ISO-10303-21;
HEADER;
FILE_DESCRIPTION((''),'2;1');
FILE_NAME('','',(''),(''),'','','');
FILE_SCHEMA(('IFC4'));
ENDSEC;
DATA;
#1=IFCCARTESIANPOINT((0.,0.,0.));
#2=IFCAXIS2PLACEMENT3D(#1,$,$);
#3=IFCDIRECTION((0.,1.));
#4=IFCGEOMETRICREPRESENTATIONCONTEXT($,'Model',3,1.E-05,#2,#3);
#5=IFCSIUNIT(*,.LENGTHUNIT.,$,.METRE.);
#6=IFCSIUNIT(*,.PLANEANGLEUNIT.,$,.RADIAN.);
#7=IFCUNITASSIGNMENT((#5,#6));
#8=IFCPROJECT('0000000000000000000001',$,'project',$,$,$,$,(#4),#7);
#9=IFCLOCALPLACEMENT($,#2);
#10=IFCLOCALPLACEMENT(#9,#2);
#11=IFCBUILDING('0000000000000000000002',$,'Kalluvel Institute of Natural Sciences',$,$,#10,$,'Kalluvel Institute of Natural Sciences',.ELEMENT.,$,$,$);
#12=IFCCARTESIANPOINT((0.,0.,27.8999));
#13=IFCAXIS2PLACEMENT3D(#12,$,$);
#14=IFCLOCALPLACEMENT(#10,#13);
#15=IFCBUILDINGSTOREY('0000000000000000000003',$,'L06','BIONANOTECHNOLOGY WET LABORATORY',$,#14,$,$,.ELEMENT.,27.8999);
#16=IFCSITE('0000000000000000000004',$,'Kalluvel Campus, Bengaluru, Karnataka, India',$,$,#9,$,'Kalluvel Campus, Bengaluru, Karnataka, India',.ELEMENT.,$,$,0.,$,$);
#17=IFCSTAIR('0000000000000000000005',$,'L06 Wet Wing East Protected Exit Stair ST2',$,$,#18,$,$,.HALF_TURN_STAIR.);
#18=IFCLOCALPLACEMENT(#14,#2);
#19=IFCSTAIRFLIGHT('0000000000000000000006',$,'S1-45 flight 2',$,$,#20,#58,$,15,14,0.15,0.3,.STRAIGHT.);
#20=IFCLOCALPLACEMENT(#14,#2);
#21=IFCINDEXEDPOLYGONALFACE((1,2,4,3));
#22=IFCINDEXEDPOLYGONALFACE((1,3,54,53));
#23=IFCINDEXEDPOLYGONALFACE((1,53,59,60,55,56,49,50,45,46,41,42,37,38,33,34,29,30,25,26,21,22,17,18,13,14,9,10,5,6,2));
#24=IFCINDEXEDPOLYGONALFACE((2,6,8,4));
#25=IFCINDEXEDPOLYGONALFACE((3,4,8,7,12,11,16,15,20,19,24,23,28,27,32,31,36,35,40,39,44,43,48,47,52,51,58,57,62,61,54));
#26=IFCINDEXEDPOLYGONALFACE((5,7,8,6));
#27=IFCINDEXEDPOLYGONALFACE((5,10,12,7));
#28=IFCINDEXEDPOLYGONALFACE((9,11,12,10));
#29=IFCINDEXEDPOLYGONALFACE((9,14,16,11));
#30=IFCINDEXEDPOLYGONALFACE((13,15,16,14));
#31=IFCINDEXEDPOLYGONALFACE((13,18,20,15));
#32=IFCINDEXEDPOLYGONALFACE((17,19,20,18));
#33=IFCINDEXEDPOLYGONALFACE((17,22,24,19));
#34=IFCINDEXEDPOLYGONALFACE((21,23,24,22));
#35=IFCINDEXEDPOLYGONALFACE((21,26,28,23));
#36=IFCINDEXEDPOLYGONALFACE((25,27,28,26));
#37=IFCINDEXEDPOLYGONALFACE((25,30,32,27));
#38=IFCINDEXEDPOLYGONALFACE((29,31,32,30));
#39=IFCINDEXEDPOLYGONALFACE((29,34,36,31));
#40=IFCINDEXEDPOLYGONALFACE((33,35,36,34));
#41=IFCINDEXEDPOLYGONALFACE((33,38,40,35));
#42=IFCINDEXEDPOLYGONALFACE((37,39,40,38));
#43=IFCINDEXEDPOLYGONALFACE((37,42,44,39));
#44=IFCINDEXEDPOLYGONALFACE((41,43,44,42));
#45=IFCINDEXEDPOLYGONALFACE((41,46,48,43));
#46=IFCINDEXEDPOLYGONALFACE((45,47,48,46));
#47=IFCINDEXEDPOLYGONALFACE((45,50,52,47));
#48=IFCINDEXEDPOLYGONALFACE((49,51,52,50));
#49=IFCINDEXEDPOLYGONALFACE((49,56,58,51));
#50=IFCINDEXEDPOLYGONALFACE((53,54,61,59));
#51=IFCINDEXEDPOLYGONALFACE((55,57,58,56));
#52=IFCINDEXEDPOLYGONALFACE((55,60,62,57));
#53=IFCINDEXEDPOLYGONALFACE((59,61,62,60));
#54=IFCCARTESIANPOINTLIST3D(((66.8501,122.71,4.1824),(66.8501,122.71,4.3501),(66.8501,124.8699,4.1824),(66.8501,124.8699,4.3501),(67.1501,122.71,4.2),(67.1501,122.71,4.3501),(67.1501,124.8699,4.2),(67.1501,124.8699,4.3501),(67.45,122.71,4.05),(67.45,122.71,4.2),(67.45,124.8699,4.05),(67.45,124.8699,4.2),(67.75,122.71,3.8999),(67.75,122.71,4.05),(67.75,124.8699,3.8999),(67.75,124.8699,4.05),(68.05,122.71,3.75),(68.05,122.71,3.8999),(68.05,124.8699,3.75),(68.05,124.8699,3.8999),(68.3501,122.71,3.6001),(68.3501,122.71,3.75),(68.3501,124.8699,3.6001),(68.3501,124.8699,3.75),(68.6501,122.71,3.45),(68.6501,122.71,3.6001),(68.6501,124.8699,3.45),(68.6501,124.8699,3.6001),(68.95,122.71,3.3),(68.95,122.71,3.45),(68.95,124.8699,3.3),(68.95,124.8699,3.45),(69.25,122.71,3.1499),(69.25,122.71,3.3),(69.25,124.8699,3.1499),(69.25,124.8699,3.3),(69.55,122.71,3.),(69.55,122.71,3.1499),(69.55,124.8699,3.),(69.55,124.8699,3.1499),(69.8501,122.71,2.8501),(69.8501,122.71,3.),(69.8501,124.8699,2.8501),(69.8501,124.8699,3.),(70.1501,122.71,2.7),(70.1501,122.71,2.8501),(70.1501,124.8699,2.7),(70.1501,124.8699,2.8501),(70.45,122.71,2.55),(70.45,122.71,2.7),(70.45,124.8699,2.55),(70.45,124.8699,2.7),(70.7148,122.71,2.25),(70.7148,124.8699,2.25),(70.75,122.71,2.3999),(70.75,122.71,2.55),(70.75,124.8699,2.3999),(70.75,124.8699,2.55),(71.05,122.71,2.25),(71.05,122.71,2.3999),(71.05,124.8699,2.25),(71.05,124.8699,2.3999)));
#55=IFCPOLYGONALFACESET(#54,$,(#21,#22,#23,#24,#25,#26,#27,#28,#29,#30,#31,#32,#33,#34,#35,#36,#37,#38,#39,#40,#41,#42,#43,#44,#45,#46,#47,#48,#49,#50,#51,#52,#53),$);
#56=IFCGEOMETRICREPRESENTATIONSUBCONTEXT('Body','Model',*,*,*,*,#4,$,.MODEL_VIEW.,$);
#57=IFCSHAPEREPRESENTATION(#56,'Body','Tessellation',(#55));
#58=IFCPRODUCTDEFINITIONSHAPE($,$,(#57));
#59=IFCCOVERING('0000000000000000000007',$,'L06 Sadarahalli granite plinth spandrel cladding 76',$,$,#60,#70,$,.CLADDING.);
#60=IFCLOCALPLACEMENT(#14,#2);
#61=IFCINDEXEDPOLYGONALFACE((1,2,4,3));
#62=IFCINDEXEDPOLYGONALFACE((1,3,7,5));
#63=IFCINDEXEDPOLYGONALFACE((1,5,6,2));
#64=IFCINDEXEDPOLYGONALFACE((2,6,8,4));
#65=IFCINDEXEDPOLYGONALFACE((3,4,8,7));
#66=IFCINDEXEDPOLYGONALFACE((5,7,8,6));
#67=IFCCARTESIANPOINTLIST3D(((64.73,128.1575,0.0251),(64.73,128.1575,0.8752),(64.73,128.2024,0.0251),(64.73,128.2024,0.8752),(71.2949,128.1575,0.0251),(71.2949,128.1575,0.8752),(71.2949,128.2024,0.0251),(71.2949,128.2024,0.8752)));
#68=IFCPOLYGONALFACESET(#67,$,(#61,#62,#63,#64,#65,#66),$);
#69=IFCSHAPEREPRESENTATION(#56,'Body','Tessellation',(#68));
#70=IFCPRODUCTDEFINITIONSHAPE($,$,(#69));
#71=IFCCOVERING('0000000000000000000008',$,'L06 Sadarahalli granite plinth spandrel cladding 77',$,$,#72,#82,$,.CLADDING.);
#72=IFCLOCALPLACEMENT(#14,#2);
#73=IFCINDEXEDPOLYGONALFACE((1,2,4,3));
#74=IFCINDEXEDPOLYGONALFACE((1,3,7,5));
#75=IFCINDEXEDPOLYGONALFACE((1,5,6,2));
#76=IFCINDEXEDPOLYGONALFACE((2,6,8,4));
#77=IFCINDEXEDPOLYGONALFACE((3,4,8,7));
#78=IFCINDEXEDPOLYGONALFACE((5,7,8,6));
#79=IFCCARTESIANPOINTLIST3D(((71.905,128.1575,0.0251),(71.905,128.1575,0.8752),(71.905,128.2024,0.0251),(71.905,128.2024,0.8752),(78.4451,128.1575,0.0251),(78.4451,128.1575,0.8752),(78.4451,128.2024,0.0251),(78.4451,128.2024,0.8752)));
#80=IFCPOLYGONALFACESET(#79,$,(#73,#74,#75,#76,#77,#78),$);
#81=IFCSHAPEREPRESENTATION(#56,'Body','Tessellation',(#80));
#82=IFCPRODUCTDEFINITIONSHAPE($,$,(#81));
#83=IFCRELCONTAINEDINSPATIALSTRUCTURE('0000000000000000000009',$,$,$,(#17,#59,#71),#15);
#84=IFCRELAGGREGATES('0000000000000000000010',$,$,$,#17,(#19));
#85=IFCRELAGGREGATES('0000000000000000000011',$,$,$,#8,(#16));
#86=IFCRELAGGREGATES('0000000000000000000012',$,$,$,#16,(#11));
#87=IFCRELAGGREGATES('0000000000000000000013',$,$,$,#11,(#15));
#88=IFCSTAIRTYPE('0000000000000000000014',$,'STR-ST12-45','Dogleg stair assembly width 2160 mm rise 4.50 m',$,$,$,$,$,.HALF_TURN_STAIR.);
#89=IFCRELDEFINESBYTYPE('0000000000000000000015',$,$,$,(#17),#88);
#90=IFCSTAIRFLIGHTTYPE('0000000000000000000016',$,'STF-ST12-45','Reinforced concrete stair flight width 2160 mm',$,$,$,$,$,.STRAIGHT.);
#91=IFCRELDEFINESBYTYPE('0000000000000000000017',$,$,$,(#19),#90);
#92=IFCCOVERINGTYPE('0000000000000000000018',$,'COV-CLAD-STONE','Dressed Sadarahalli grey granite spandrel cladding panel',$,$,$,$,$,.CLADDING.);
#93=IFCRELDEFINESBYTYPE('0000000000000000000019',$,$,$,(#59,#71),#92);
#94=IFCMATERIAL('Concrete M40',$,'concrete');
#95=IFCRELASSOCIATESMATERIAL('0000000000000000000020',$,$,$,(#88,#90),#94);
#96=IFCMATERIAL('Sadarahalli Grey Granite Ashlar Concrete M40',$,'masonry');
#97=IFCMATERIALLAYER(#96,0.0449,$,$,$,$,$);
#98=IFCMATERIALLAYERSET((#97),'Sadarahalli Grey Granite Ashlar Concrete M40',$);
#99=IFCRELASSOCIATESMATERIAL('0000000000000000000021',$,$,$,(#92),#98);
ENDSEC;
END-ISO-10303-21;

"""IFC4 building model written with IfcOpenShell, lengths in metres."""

from ifc_helpers import new_model, si_unit, direction, frame, origin, origin_2d, place, context, subcontext, project, spatial, polyline, rectangle, outline, extrude, material, layer, layer_set, type_object, element, aggregate, save


model = new_model("IFC4")

# Units and contexts
model_context = context("Model", 3, precision=1e-05, world=origin(), true_north=direction((0.0, 1.0)))
body_context = subcontext(model_context, "Body", "Model", "MODEL_VIEW")
ifc_project = project(units=[si_unit("LENGTHUNIT", "METRE"), si_unit("PLANEANGLEUNIT", "RADIAN")], contexts=[model_context])

# Site, building, storey
site_placement = place(None, origin())
site = spatial("IfcSite", under=ifc_project, at=site_placement, Name="Kalluvel Campus, Bengaluru, Karnataka, India", LongName="Kalluvel Campus, Bengaluru, Karnataka, India", CompositionType="ELEMENT", RefElevation=0.0)
building_placement = place(site_placement, origin())
building = spatial("IfcBuilding", under=site, at=building_placement, Name="Kalluvel Institute of Natural Sciences", LongName="Kalluvel Institute of Natural Sciences", CompositionType="ELEMENT")
storey_placement = place(building_placement, frame((0.0, 0.0, 27.8999)))
storey = spatial("IfcBuildingStorey", under=building, at=storey_placement, Name="L06", Description="BIONANOTECHNOLOGY WET LABORATORY", CompositionType="ELEMENT", Elevation=27.8999)

# Shared definitions
ifc_material_1 = material(Name="Concrete M40", Category="concrete")

# Shared definitions
ifc_material_2 = material(Name="Sadarahalli Grey Granite Ashlar Concrete M40", Category="masonry")

# Stair, stair flight
stair_type = type_object("IfcStairType", Name="STR-ST12-45", Description="Dogleg stair assembly width 2160 mm rise 4.50 m", PredefinedType="HALF_TURN_STAIR", material=ifc_material_1)
stair_placement = place(storey_placement, origin())
stair = element("IfcStair", 1, at=stair_placement, inside=storey, type_object=stair_type, Name="L06 Wet Wing East Protected Exit Stair ST2", PredefinedType="HALF_TURN_STAIR")
stair_flight_type = type_object("IfcStairFlightType", Name="STF-ST12-45", Description="Reinforced concrete stair flight width 2160 mm", PredefinedType="STRAIGHT", material=ifc_material_1)
stair_flight_placement = place(storey_placement, frame((71.05, 123.79, 2.25), z_axis=(0.0, 0.0, 1.0), x_axis=(-1.0, 0.0, 0.0)))
stair_flight = element("IfcStairFlight", 2, at=stair_flight_placement, type_object=stair_flight_type, Name="S1-45 flight 2", NumberOfRisers=15, NumberOfTreads=14, PredefinedType="STRAIGHT", RiserHeight=0.15, TreadLength=0.3, context=body_context, shape_type="SweptSolid", body=[
    extrude(outline(polyline([(0.0, 0.0), (0.0, 0.1499), (0.3, 0.1499), (0.3, 0.3), (0.6001, 0.3), (0.6001, 0.45), (0.8999, 0.45), (0.8999, 0.6001), (1.2, 0.6001), (1.2, 0.75), (1.5, 0.75), (1.5, 0.8999), (1.8, 0.8999), (1.8, 1.05), (2.1001, 1.05), (2.1001, 1.2), (2.3999, 1.2), (2.3999, 1.3501), (2.7, 1.3501), (2.7, 1.5), (3.0, 1.5), (3.0, 1.6499), (3.3, 1.6499), (3.3, 1.8), (3.6001, 1.8), (3.6001, 1.95), (3.8999, 1.95), (3.8999, 2.1001), (4.2, 2.1001), (4.2, 2.25), (4.2, 1.9324), (0.3352, 0.0), (0.0, 0.0)])), frame((0.0, 1.0801, 0.0), z_axis=(0.0, -1.0, 0.0), x_axis=(1.0, 0.0, 0.0)), (0.0, 0.0, 1.0), 2.1599),
])
aggregate(stair, [stair_flight])

# Coverings
ifc_layer_1 = layer(ifc_material_2, 0.0449)
ifc_layer_set_1 = layer_set([ifc_layer_1], Name="Sadarahalli Grey Granite Ashlar Concrete M40")
covering_type = type_object("IfcCoveringType", Name="COV-CLAD-STONE", Description="Dressed Sadarahalli grey granite spandrel cladding panel", PredefinedType="CLADDING", material=ifc_layer_set_1)
covering_1_placement = place(storey_placement, frame((68.0125, 128.1799, 0.0251), z_axis=(0.0, 0.0, 1.0), x_axis=(1.0, 0.0, 0.0)))
element("IfcCovering", 3, at=covering_1_placement, inside=storey, type_object=covering_type, Name="L06 Sadarahalli granite plinth spandrel cladding 76", PredefinedType="CLADDING", context=body_context, shape_type="SweptSolid", body=[
    extrude(rectangle(XDim=6.5649, YDim=0.0449, at=origin_2d()), origin(), (0.0, 0.0, 1.0), 0.8501),
])
covering_2_placement = place(storey_placement, frame((75.175, 128.1799, 0.0251), z_axis=(0.0, 0.0, 1.0), x_axis=(1.0, 0.0, 0.0)))
element("IfcCovering", 4, at=covering_2_placement, inside=storey, type_object=covering_type, Name="L06 Sadarahalli granite plinth spandrel cladding 77", PredefinedType="CLADDING", context=body_context, shape_type="SweptSolid", body=[
    extrude(rectangle(XDim=6.54, YDim=0.0449, at=origin_2d()), origin(), (0.0, 0.0, 1.0), 0.8501),
])

save(model, "model.ifc")
